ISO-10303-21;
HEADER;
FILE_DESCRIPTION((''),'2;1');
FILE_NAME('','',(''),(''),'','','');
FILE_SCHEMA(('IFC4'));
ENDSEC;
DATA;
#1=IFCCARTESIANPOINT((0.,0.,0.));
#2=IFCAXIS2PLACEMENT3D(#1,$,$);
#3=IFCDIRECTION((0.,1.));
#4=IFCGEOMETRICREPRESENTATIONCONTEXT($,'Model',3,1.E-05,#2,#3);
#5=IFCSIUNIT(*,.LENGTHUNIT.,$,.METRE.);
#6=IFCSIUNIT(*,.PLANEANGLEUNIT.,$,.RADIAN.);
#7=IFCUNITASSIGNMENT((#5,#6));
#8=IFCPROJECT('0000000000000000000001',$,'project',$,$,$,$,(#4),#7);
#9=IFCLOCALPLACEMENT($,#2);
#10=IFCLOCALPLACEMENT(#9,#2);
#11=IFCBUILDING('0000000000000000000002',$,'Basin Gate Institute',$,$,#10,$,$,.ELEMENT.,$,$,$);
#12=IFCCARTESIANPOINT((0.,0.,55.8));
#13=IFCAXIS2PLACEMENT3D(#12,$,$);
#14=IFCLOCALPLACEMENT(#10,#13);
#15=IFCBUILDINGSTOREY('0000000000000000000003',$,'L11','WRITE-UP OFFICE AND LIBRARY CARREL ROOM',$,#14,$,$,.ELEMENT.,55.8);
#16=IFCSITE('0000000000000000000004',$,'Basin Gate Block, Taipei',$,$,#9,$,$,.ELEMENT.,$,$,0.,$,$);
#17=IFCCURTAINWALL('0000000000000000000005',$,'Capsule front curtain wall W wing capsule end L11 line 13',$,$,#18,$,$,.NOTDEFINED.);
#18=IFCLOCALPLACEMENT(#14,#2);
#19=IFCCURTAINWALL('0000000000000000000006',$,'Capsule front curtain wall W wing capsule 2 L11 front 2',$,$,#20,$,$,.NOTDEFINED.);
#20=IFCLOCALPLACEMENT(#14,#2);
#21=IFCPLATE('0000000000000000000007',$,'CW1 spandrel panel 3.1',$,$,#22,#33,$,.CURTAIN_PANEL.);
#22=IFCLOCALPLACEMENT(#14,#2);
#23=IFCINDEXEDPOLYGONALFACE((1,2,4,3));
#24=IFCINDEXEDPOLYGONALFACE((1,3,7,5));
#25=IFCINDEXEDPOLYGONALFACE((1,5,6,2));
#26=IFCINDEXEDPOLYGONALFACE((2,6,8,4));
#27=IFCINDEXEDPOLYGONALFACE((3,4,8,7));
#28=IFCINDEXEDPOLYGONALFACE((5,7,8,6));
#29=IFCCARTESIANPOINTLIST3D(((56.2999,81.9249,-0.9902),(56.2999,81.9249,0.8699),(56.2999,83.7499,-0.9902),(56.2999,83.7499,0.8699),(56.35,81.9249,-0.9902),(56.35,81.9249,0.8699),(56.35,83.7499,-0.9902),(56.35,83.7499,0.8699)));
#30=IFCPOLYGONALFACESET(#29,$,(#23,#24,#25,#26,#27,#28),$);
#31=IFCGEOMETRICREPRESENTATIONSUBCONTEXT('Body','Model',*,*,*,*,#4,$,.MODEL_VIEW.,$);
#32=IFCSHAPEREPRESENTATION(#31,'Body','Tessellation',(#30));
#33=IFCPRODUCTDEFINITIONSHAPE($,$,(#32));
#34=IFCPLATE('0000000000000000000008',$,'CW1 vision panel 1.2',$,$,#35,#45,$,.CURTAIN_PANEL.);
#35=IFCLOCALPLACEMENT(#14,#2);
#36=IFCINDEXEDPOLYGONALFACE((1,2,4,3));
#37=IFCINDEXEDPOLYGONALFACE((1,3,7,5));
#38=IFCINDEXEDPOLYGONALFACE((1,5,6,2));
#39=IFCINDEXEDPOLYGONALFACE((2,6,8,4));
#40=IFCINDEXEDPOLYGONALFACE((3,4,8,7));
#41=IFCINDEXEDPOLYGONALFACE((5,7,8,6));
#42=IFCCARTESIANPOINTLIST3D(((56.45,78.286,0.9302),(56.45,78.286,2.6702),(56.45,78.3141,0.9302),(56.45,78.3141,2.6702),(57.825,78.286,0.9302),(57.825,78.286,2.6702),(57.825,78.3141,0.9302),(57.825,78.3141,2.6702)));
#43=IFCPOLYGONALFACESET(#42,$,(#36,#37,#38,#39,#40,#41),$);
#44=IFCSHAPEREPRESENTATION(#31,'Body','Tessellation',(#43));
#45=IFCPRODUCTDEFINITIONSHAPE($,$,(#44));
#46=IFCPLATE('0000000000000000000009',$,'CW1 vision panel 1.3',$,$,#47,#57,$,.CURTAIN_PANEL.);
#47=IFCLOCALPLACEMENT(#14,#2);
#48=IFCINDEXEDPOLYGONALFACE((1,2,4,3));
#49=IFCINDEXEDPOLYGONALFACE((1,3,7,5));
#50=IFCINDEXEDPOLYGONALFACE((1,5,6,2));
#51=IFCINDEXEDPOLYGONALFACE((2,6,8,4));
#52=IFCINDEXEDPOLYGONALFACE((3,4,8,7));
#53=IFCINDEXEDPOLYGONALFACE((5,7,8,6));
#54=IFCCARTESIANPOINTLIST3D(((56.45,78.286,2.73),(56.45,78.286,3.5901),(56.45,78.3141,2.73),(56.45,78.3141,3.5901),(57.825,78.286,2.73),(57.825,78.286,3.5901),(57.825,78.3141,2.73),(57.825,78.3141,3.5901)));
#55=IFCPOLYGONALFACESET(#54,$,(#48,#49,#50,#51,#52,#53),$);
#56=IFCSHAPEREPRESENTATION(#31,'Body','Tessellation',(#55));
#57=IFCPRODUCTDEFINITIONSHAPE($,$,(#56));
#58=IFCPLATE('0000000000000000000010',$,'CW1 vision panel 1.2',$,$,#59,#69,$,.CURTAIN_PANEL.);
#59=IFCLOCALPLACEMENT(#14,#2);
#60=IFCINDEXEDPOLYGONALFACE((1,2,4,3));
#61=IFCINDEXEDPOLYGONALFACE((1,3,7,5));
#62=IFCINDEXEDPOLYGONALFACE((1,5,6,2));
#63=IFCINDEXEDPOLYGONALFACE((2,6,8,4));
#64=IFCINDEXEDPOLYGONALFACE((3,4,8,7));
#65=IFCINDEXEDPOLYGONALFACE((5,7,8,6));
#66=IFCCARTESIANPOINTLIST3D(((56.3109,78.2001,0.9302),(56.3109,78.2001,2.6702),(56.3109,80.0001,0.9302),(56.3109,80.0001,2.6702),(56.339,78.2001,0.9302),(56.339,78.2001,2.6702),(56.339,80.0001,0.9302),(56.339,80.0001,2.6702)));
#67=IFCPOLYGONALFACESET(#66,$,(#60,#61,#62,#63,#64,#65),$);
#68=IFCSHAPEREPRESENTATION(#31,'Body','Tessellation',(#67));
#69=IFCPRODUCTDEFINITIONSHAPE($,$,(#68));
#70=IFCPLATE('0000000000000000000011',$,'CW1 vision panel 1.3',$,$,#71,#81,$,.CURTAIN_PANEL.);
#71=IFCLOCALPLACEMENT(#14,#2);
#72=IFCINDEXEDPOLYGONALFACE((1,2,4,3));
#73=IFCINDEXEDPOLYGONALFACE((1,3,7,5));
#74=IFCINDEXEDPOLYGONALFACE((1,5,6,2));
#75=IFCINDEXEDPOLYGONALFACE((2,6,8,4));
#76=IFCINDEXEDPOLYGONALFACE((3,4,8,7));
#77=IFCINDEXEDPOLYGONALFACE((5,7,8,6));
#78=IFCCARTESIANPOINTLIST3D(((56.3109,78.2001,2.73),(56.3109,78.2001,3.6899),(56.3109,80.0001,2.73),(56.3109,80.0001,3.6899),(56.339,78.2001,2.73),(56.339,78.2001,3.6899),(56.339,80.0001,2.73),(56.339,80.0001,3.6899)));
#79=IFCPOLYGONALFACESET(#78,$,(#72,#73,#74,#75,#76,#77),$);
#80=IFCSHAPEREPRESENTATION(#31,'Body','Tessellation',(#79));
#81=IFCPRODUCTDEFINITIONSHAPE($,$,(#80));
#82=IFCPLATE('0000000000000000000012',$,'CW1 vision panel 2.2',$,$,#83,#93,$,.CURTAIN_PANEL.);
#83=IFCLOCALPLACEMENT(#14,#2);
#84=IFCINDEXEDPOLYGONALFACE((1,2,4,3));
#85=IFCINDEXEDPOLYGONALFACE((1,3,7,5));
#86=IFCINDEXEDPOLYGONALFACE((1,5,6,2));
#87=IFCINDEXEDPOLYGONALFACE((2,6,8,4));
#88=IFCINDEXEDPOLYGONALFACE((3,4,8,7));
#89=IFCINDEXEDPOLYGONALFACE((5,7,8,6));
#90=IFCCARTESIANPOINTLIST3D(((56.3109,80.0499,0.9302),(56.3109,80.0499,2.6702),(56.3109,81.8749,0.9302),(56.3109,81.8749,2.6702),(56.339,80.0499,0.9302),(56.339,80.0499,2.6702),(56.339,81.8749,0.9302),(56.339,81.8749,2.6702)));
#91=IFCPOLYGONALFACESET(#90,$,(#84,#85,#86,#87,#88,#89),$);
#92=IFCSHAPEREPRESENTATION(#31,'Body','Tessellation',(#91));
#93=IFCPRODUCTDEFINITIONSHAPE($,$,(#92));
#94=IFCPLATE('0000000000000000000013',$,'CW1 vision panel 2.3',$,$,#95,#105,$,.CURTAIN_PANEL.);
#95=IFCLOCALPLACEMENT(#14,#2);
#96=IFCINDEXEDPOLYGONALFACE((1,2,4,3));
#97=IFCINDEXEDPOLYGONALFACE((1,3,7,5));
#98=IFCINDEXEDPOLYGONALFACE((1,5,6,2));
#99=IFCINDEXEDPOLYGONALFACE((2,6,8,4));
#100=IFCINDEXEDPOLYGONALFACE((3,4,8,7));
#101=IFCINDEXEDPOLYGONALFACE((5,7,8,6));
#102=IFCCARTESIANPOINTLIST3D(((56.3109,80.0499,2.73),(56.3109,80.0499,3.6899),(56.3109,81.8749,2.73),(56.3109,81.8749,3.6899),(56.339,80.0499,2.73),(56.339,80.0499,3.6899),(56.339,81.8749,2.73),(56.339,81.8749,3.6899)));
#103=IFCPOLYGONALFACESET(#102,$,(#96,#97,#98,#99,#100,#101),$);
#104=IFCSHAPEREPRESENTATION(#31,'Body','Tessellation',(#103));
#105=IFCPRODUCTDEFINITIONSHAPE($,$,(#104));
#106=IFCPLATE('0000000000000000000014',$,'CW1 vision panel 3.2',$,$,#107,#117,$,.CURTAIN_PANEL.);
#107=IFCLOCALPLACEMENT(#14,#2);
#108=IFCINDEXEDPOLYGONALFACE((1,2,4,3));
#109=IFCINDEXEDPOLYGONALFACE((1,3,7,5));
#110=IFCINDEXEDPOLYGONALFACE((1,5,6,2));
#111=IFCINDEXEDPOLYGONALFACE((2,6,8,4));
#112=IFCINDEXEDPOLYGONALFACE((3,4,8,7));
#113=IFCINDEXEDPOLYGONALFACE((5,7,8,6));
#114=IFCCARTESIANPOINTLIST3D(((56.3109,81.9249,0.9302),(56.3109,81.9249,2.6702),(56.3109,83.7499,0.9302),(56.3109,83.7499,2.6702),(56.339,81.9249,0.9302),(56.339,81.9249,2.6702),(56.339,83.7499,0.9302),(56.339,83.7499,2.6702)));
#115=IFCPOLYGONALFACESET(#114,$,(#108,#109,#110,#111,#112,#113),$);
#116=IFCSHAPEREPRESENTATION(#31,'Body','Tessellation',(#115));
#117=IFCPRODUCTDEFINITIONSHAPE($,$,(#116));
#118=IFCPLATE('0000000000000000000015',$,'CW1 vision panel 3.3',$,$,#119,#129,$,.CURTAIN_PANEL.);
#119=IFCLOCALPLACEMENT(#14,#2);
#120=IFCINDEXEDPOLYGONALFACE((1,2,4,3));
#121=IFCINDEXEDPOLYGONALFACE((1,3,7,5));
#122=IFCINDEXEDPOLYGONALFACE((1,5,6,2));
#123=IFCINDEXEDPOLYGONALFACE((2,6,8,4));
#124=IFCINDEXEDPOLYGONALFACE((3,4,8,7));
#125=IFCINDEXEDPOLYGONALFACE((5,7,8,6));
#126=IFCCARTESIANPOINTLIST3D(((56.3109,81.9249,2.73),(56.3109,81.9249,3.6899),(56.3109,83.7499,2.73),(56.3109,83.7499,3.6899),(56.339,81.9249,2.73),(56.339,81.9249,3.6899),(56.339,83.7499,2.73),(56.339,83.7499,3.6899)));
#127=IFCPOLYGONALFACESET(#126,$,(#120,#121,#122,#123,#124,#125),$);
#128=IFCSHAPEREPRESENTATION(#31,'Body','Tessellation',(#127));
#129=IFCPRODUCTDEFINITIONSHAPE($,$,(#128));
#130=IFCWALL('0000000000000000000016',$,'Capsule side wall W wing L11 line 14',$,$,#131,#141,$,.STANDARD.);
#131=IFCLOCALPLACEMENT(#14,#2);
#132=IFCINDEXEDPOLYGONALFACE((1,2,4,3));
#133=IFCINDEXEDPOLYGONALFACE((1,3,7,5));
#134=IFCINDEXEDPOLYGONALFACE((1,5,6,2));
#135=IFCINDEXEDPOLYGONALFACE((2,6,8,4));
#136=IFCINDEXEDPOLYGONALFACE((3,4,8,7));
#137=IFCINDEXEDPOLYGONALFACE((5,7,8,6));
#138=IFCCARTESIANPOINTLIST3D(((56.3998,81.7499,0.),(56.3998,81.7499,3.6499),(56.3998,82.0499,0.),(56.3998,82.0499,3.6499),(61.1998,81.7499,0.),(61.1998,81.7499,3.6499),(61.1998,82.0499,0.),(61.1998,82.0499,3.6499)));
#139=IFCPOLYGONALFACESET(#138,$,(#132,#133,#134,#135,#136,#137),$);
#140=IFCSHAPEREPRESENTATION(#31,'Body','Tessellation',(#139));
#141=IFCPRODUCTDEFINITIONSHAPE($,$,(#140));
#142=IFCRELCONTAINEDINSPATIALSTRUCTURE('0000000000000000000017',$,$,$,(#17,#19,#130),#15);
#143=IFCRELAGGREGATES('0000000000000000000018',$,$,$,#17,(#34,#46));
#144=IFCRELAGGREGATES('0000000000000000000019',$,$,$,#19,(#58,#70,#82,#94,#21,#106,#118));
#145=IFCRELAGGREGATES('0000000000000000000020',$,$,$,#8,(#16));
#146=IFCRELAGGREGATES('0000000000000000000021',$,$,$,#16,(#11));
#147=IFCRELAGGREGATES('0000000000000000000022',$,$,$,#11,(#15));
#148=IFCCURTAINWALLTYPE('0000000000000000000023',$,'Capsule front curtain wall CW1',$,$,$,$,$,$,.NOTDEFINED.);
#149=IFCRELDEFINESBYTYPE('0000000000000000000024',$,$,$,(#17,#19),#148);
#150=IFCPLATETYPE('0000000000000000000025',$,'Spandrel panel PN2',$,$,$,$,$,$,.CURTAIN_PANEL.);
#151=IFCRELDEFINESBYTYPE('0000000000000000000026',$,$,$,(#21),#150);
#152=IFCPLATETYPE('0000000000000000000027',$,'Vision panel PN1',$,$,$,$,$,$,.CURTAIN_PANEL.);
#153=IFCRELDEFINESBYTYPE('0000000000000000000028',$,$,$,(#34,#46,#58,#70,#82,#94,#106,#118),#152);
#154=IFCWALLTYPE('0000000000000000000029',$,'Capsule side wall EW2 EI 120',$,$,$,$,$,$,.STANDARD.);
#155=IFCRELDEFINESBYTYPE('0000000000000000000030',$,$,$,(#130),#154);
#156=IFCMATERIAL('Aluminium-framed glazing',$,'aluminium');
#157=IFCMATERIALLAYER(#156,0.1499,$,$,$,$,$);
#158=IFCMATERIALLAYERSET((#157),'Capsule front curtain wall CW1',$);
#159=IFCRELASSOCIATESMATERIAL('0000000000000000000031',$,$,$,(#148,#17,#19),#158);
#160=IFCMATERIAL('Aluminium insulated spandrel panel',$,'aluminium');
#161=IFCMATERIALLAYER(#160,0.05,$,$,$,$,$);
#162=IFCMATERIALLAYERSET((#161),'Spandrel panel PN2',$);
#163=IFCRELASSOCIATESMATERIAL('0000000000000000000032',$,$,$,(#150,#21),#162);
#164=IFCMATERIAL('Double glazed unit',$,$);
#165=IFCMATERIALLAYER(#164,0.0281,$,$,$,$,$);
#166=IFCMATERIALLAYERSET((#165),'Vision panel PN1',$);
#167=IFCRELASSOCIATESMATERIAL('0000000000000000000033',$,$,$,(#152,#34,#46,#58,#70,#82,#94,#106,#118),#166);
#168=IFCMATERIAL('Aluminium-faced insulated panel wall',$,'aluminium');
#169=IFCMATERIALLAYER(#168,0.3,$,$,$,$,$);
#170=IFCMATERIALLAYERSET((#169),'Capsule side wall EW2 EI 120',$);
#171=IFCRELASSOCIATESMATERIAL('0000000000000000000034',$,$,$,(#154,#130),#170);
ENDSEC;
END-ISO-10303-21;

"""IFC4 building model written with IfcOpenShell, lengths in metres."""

from ifc_helpers import new_model, si_unit, direction, frame, frame_2d, origin, origin_2d, place, context, subcontext, project, spatial, rectangle, extrude, material, layer, layer_set, type_object, element, aggregate, save


model = new_model("IFC4")

# Units and contexts
model_context = context("Model", 3, precision=1e-05, world=origin(), true_north=direction((0.0, 1.0)))
body_context = subcontext(model_context, "Body", "Model", "MODEL_VIEW")
ifc_project = project(units=[si_unit("LENGTHUNIT", "METRE"), si_unit("PLANEANGLEUNIT", "RADIAN")], contexts=[model_context])

# Site, building, storey
site_placement = place(None, origin())
site = spatial("IfcSite", under=ifc_project, at=site_placement, Name="Basin Gate Block, Taipei", CompositionType="ELEMENT", RefElevation=0.0)
building_placement = place(site_placement, origin())
building = spatial("IfcBuilding", under=site, at=building_placement, Name="Basin Gate Institute", CompositionType="ELEMENT")
storey_placement = place(building_placement, frame((0.0, 0.0, 55.8)))
storey = spatial("IfcBuildingStorey", under=building, at=storey_placement, Name="L11", Description="WRITE-UP OFFICE AND LIBRARY CARREL ROOM", CompositionType="ELEMENT", Elevation=55.8)

# Curtain wall
ifc_material_1 = material(Name="Aluminium-framed glazing", Category="aluminium")
ifc_layer_1 = layer(ifc_material_1, 0.1499)
ifc_layer_set_1 = layer_set([ifc_layer_1], Name="Capsule front curtain wall CW1")
curtain_wall_type = type_object("IfcCurtainWallType", Name="Capsule front curtain wall CW1", PredefinedType="NOTDEFINED", material=ifc_layer_set_1)
curtain_wall_1_placement = place(storey_placement, origin())
curtain_wall_1 = element("IfcCurtainWall", 1, at=curtain_wall_1_placement, inside=storey, type_object=curtain_wall_type, material=ifc_layer_set_1, Name="Capsule front curtain wall W wing capsule end L11 line 13", PredefinedType="NOTDEFINED")

# Curtain wall
curtain_wall_2_placement = place(storey_placement, origin())
curtain_wall_2 = element("IfcCurtainWall", 2, at=curtain_wall_2_placement, inside=storey, type_object=curtain_wall_type, material=ifc_layer_set_1, Name="Capsule front curtain wall W wing capsule 2 L11 front 2", PredefinedType="NOTDEFINED")

# Plates
ifc_material_2 = material(Name="Aluminium insulated spandrel panel", Category="aluminium")
ifc_layer_2 = layer(ifc_material_2, 0.05)
ifc_layer_set_2 = layer_set([ifc_layer_2], Name="Spandrel panel PN2")
plate_type_1 = type_object("IfcPlateType", Name="Spandrel panel PN2", PredefinedType="CURTAIN_PANEL", material=ifc_layer_set_2)
plate_1_placement = place(storey_placement, frame((56.325, 82.8374, -0.9902), z_axis=(0.0, 0.0, 1.0), x_axis=(0.0, 1.0, 0.0)))
plate_1 = element("IfcPlate", 3, at=plate_1_placement, type_object=plate_type_1, material=ifc_layer_set_2, Name="CW1 spandrel panel 3.1", PredefinedType="CURTAIN_PANEL", context=body_context, shape_type="SweptSolid", body=[
    extrude(rectangle(XDim=1.825, YDim=0.05, at=origin_2d()), origin(), (0.0, 0.0, 1.0), 1.8601),
])
ifc_material_3 = material(Name="Double glazed unit")
ifc_layer_3 = layer(ifc_material_3, 0.0281)
ifc_layer_set_3 = layer_set([ifc_layer_3], Name="Vision panel PN1")
plate_type_2 = type_object("IfcPlateType", Name="Vision panel PN1", PredefinedType="CURTAIN_PANEL", material=ifc_layer_set_3)
plate_2_placement = place(storey_placement, frame((57.1375, 78.3, 0.9302), z_axis=(0.0, 0.0, 1.0), x_axis=(1.0, 0.0, 0.0)))
plate_2 = element("IfcPlate", 4, at=plate_2_placement, type_object=plate_type_2, material=ifc_layer_set_3, Name="CW1 vision panel 1.2", PredefinedType="CURTAIN_PANEL", context=body_context, shape_type="SweptSolid", body=[
    extrude(rectangle(XDim=1.375, YDim=0.0281, at=origin_2d()), origin(), (0.0, 0.0, 1.0), 1.74),
])
plate_3_placement = place(storey_placement, frame((57.1375, 78.3, 2.73), z_axis=(0.0, 0.0, 1.0), x_axis=(1.0, 0.0, 0.0)))
plate_3 = element("IfcPlate", 5, at=plate_3_placement, type_object=plate_type_2, material=ifc_layer_set_3, Name="CW1 vision panel 1.3", PredefinedType="CURTAIN_PANEL", context=body_context, shape_type="SweptSolid", body=[
    extrude(rectangle(XDim=1.375, YDim=0.0281, at=origin_2d()), origin(), (0.0, 0.0, 1.0), 0.8601),
])
aggregate(curtain_wall_1, [plate_2, plate_3])
plate_4_placement = place(storey_placement, frame((56.325, 79.1001, 0.9302), z_axis=(0.0, 0.0, 1.0), x_axis=(0.0, 1.0, 0.0)))
plate_4 = element("IfcPlate", 6, at=plate_4_placement, type_object=plate_type_2, material=ifc_layer_set_3, Name="CW1 vision panel 1.2", PredefinedType="CURTAIN_PANEL", context=body_context, shape_type="SweptSolid", body=[
    extrude(rectangle(XDim=1.8, YDim=0.0281, at=origin_2d()), origin(), (0.0, 0.0, 1.0), 1.74),
])
plate_5_placement = place(storey_placement, frame((56.325, 79.1001, 2.73), z_axis=(0.0, 0.0, 1.0), x_axis=(0.0, 1.0, 0.0)))
plate_5 = element("IfcPlate", 7, at=plate_5_placement, type_object=plate_type_2, material=ifc_layer_set_3, Name="CW1 vision panel 1.3", PredefinedType="CURTAIN_PANEL", context=body_context, shape_type="SweptSolid", body=[
    extrude(rectangle(XDim=1.8, YDim=0.0281, at=origin_2d()), origin(), (0.0, 0.0, 1.0), 0.96),
])
plate_6_placement = place(storey_placement, frame((56.325, 80.9624, 0.9302), z_axis=(0.0, 0.0, 1.0), x_axis=(0.0, 1.0, 0.0)))
plate_6 = element("IfcPlate", 8, at=plate_6_placement, type_object=plate_type_2, material=ifc_layer_set_3, Name="CW1 vision panel 2.2", PredefinedType="CURTAIN_PANEL", context=body_context, shape_type="SweptSolid", body=[
    extrude(rectangle(XDim=1.825, YDim=0.0281, at=origin_2d()), origin(), (0.0, 0.0, 1.0), 1.74),
])
plate_7_placement = place(storey_placement, frame((56.325, 80.9624, 2.73), z_axis=(0.0, 0.0, 1.0), x_axis=(0.0, 1.0, 0.0)))
plate_7 = element("IfcPlate", 9, at=plate_7_placement, type_object=plate_type_2, material=ifc_layer_set_3, Name="CW1 vision panel 2.3", PredefinedType="CURTAIN_PANEL", context=body_context, shape_type="SweptSolid", body=[
    extrude(rectangle(XDim=1.825, YDim=0.0281, at=origin_2d()), origin(), (0.0, 0.0, 1.0), 0.96),
])
plate_8_placement = place(storey_placement, frame((56.325, 82.8374, 0.9302), z_axis=(0.0, 0.0, 1.0), x_axis=(0.0, 1.0, 0.0)))
plate_8 = element("IfcPlate", 10, at=plate_8_placement, type_object=plate_type_2, material=ifc_layer_set_3, Name="CW1 vision panel 3.2", PredefinedType="CURTAIN_PANEL", context=body_context, shape_type="SweptSolid", body=[
    extrude(rectangle(XDim=1.825, YDim=0.0281, at=origin_2d()), origin(), (0.0, 0.0, 1.0), 1.74),
])
plate_9_placement = place(storey_placement, frame((56.325, 82.8374, 2.73), z_axis=(0.0, 0.0, 1.0), x_axis=(0.0, 1.0, 0.0)))
plate_9 = element("IfcPlate", 11, at=plate_9_placement, type_object=plate_type_2, material=ifc_layer_set_3, Name="CW1 vision panel 3.3", PredefinedType="CURTAIN_PANEL", context=body_context, shape_type="SweptSolid", body=[
    extrude(rectangle(XDim=1.825, YDim=0.0281, at=origin_2d()), origin(), (0.0, 0.0, 1.0), 0.96),
])
aggregate(curtain_wall_2, [plate_4, plate_5, plate_6, plate_7, plate_1, plate_8, plate_9])

# Wall
ifc_material_4 = material(Name="Aluminium-faced insulated panel wall", Category="aluminium")
ifc_layer_4 = layer(ifc_material_4, 0.3)
ifc_layer_set_4 = layer_set([ifc_layer_4], Name="Capsule side wall EW2 EI 120")
wall_type = type_object("IfcWallType", Name="Capsule side wall EW2 EI 120", PredefinedType="STANDARD", material=ifc_layer_set_4)
wall_placement = place(storey_placement, frame((56.3999, 81.8999, 0.0), z_axis=(0.0, 0.0, 1.0), x_axis=(1.0, 0.0, 0.0)))
element("IfcWall", 12, at=wall_placement, inside=storey, type_object=wall_type, material=ifc_layer_set_4, Name="Capsule side wall W wing L11 line 14", PredefinedType="STANDARD", context=body_context, shape_type="SweptSolid", body=[
    extrude(rectangle(XDim=4.8, YDim=0.3, at=frame_2d((2.3999, 0.0))), origin(), (0.0, 0.0, 1.0), 3.6499),
])

save(model, "model.ifc")
